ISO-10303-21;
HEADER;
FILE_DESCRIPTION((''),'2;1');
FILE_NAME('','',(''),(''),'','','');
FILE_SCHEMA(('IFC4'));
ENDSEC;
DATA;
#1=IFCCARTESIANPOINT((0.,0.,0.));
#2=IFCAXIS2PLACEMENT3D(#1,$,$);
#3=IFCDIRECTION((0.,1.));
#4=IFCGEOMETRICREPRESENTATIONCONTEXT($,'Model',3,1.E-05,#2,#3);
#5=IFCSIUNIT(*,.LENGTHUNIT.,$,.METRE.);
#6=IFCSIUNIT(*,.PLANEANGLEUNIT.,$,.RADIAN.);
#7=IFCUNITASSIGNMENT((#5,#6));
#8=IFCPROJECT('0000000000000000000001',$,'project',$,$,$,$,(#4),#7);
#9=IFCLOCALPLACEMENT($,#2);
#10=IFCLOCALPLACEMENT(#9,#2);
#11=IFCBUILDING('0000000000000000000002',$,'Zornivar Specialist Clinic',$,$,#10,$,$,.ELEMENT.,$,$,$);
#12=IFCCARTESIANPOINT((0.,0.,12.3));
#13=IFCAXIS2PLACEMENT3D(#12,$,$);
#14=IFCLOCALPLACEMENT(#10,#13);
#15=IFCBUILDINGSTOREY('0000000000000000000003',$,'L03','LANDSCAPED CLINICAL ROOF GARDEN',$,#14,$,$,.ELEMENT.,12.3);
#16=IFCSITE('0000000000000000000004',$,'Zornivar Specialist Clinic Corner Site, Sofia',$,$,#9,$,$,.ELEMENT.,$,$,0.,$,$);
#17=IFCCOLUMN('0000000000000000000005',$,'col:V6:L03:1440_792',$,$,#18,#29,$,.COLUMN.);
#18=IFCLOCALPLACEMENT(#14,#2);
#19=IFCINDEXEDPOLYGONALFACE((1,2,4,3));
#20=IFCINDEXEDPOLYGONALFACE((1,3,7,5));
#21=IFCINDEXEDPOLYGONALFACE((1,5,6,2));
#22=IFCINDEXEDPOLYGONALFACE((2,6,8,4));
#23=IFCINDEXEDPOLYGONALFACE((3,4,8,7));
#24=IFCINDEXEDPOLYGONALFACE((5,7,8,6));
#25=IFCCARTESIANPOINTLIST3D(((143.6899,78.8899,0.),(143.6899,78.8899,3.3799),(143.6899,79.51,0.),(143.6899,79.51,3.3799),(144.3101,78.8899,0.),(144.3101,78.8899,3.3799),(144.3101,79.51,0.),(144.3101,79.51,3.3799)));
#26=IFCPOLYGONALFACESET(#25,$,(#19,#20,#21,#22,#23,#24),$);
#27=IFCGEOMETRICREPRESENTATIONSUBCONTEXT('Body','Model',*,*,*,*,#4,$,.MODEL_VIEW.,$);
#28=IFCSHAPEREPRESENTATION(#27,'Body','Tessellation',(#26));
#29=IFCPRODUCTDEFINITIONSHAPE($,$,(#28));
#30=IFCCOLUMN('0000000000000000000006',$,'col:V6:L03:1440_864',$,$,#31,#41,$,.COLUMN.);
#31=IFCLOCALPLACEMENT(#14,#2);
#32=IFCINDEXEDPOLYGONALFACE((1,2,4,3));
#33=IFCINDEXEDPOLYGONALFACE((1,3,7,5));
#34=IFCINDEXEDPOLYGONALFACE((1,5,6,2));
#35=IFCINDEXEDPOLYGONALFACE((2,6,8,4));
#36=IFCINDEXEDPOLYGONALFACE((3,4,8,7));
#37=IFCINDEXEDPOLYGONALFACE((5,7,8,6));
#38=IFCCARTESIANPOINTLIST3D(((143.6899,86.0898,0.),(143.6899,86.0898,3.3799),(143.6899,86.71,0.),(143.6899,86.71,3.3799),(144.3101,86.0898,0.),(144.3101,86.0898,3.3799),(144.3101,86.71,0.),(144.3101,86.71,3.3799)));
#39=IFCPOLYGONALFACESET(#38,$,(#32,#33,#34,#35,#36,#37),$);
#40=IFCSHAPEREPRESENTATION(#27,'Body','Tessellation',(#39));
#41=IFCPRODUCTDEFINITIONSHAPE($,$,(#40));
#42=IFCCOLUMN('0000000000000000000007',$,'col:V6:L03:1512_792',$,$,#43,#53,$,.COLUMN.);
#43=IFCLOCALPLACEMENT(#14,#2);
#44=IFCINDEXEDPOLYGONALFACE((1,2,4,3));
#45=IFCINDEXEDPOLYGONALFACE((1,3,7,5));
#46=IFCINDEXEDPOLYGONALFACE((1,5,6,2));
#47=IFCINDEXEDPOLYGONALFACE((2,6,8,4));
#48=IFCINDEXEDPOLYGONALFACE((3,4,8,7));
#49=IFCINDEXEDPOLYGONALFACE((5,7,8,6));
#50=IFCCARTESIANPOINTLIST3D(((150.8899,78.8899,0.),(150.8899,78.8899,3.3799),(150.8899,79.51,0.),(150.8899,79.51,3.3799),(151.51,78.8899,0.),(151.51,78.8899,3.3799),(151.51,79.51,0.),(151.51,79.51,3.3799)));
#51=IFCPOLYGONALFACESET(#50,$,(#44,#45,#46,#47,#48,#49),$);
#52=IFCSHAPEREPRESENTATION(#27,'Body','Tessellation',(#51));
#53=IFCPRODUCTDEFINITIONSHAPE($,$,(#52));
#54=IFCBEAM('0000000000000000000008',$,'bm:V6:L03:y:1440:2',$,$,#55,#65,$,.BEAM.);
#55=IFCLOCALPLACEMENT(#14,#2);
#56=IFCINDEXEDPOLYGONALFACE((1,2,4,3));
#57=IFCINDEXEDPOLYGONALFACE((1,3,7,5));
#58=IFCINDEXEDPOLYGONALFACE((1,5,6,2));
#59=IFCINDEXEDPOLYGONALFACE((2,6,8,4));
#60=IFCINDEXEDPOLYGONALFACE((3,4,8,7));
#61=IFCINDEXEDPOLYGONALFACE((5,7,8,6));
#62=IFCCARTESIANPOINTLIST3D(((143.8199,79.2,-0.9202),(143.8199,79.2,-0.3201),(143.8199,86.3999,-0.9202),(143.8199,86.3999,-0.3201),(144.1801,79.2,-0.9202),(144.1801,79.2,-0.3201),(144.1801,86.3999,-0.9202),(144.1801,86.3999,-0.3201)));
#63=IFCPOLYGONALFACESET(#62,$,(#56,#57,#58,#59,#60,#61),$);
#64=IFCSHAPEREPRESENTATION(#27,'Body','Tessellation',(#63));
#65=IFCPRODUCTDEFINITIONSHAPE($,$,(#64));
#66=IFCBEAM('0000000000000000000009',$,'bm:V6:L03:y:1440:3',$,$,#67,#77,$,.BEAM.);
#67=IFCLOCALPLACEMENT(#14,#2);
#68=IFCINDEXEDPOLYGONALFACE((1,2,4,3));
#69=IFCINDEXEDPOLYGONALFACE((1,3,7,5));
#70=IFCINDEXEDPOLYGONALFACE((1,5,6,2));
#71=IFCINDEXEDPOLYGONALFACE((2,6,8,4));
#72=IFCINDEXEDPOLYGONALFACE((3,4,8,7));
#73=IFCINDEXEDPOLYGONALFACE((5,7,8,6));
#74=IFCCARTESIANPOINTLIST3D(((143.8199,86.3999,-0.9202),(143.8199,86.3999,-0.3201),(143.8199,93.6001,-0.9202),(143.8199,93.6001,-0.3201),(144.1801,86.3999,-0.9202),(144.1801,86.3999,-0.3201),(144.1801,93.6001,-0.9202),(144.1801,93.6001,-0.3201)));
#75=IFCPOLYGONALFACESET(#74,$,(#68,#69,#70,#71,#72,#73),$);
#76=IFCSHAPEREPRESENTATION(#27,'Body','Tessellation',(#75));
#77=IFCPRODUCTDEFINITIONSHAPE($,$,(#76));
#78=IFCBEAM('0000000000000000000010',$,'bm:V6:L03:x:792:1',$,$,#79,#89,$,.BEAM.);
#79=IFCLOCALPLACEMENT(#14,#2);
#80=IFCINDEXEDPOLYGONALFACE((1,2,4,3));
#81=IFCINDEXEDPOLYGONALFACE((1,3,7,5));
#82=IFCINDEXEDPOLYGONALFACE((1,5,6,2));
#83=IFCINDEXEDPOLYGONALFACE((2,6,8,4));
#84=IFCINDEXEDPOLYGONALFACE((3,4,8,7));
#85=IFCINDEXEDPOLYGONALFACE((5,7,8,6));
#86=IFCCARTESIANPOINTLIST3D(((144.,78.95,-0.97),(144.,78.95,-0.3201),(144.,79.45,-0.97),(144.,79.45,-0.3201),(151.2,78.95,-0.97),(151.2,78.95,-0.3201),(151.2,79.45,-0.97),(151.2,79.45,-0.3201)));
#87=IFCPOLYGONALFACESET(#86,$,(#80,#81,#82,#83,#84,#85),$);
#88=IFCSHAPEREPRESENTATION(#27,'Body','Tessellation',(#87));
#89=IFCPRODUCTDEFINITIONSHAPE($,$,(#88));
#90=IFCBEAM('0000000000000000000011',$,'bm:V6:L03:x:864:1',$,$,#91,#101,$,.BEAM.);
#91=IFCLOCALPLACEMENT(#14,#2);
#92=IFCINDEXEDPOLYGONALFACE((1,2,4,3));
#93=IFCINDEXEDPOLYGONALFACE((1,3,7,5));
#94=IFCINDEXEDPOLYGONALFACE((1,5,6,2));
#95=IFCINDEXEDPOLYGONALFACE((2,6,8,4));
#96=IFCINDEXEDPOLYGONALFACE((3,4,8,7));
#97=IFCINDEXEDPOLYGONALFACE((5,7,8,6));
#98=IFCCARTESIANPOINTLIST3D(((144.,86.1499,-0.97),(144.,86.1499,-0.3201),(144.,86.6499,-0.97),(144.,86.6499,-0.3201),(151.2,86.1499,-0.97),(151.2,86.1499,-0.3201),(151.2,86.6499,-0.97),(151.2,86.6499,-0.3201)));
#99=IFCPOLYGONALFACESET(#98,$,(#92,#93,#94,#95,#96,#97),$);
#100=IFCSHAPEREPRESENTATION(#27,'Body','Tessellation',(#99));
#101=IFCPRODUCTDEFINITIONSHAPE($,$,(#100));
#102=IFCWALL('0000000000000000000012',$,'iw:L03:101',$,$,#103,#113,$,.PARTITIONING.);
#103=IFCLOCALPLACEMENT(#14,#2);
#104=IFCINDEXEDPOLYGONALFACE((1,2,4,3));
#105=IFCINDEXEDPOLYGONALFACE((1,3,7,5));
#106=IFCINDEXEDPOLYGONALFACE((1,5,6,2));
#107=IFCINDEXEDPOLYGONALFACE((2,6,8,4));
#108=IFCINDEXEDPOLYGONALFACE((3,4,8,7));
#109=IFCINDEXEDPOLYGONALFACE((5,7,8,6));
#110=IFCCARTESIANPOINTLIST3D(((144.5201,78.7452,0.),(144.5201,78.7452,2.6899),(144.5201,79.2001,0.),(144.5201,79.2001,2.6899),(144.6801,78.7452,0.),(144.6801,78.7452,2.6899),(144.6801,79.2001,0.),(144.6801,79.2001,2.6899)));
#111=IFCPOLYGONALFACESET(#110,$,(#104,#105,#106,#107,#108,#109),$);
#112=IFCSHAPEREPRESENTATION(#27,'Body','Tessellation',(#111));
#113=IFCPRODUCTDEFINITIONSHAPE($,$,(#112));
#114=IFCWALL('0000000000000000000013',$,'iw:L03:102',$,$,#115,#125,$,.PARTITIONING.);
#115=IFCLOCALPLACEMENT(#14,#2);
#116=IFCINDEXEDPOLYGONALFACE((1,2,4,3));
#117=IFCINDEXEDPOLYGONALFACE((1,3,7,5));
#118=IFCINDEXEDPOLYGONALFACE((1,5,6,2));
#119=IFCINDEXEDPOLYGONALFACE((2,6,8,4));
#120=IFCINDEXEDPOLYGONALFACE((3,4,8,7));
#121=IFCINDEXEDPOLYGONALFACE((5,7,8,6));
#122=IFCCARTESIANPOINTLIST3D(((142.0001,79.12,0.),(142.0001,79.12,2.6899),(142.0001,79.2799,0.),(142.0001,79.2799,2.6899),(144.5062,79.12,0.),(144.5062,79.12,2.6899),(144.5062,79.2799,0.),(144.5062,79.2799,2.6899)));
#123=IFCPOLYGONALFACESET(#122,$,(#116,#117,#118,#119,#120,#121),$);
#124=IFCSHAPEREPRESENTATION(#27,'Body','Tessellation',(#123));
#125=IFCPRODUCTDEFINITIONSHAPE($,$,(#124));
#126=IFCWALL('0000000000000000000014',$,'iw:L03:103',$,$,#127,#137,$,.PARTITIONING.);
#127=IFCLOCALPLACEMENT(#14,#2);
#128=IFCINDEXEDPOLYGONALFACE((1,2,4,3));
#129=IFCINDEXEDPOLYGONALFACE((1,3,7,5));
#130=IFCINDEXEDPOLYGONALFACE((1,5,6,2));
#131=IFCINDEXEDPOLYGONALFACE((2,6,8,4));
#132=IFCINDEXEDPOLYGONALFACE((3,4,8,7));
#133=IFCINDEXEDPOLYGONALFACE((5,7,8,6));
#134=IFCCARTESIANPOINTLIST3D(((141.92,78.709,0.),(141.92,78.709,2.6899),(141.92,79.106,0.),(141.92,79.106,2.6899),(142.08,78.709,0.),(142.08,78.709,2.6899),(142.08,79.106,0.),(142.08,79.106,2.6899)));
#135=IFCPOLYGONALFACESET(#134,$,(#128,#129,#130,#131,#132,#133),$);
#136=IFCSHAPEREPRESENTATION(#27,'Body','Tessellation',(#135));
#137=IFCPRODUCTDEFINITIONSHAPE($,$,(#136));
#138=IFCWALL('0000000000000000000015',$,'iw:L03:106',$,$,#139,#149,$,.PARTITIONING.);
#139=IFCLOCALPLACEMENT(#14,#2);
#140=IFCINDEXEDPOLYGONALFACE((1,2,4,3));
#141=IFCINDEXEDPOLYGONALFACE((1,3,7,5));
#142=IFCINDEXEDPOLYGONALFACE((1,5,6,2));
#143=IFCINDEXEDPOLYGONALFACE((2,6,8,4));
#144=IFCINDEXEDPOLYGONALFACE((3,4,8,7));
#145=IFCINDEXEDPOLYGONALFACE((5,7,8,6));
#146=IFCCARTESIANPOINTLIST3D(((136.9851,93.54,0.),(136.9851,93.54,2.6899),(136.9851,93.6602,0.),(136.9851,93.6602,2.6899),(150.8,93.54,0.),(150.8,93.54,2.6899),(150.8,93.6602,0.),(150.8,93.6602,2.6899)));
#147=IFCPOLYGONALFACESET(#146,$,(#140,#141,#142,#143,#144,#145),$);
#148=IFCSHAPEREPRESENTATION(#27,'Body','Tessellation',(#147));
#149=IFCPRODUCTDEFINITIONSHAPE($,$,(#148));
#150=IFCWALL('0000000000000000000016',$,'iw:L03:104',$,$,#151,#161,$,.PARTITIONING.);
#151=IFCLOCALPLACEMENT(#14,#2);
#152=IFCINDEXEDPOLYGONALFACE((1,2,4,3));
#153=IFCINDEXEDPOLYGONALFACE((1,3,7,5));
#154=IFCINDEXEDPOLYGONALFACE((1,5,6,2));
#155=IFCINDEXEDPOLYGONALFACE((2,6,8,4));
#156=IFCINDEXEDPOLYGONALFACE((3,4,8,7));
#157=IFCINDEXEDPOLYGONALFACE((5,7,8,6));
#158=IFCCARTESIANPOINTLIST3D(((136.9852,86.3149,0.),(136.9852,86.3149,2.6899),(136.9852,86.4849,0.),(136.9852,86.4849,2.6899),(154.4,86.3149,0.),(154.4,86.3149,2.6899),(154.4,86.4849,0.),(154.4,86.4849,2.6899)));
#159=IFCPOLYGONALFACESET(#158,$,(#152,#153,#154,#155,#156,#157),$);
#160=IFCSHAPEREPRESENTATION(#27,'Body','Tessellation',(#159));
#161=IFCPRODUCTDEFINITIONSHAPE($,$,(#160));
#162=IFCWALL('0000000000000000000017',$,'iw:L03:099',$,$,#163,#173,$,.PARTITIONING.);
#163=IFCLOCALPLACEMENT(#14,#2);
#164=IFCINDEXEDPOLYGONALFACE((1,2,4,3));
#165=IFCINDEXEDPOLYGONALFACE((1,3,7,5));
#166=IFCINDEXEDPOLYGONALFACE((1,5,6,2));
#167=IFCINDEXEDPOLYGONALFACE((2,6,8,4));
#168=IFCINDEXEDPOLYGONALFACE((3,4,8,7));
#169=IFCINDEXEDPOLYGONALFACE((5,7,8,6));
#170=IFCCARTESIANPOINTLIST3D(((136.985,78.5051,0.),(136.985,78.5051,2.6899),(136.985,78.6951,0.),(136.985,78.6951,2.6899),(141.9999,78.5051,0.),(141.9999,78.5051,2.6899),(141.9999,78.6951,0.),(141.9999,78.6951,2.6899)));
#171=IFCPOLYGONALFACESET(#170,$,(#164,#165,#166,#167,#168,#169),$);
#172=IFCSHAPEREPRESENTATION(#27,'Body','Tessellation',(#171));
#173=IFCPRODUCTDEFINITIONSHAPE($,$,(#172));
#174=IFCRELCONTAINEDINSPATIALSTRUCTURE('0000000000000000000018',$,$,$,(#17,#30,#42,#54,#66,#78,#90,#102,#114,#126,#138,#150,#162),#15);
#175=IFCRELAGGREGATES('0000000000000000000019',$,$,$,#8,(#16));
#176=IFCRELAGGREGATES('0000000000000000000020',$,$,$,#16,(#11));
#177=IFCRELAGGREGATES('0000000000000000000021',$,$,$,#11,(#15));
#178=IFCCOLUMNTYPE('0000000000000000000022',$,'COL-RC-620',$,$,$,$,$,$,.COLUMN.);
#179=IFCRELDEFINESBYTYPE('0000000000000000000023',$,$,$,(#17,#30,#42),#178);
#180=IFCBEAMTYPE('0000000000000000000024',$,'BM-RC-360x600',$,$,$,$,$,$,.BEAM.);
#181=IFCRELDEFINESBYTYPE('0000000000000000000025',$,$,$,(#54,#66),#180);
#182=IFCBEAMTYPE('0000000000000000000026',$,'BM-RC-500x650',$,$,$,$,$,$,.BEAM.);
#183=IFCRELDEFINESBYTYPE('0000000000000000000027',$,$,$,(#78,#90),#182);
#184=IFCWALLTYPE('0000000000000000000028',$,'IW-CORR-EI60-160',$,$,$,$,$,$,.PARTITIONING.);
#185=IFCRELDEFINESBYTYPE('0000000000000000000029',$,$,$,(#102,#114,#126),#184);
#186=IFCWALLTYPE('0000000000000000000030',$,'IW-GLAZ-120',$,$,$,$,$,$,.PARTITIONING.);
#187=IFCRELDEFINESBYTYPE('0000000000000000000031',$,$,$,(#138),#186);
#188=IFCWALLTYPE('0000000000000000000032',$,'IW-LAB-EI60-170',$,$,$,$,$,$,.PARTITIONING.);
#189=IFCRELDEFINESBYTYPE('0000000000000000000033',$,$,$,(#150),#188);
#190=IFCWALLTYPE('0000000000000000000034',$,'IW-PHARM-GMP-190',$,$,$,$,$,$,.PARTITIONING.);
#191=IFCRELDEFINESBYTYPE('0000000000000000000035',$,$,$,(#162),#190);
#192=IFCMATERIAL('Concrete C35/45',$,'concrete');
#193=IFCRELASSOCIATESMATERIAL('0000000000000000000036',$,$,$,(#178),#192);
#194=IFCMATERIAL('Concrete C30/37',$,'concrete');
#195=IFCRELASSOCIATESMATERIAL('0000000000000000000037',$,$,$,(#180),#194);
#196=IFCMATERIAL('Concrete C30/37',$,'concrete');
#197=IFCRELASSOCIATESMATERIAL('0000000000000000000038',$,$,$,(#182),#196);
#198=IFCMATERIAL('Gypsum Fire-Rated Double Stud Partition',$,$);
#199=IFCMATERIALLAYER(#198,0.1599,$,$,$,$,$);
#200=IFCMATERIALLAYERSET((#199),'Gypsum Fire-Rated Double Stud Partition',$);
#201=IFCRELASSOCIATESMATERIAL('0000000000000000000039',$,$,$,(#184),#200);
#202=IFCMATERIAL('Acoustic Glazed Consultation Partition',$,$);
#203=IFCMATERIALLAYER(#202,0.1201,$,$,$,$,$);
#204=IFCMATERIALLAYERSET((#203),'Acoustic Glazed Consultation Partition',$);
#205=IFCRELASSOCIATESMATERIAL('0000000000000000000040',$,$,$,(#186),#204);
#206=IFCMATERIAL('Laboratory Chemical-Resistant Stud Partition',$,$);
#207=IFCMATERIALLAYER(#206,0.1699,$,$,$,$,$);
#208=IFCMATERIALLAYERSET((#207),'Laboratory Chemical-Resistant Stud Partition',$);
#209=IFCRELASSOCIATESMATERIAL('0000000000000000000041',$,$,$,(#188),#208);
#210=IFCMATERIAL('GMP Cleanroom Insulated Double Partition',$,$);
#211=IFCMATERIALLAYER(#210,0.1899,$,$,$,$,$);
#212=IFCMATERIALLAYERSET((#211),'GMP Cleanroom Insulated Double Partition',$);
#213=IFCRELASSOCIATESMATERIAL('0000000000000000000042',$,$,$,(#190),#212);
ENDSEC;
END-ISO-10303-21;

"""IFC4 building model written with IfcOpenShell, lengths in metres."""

from ifc_helpers import new_model, si_unit, direction, frame, frame_2d, origin, origin_2d, place, context, subcontext, project, spatial, rectangle, extrude, material, layer, layer_set, material_profile, profile_set, type_object, element, save


model = new_model("IFC4")

# Units and contexts
model_context = context("Model", 3, precision=1e-05, world=origin(), true_north=direction((0.0, 1.0)))
body_context = subcontext(model_context, "Body", "Model", "MODEL_VIEW")
ifc_project = project(units=[si_unit("LENGTHUNIT", "METRE"), si_unit("PLANEANGLEUNIT", "RADIAN")], contexts=[model_context])

# Site, building, storey
site_placement = place(None, origin())
site = spatial("IfcSite", under=ifc_project, at=site_placement, Name="Zornivar Specialist Clinic Corner Site, Sofia", CompositionType="ELEMENT", RefElevation=0.0)
building_placement = place(site_placement, origin())
building = spatial("IfcBuilding", under=site, at=building_placement, Name="Zornivar Specialist Clinic", CompositionType="ELEMENT")
storey_placement = place(building_placement, frame((0.0, 0.0, 12.3)))
storey = spatial("IfcBuildingStorey", under=building, at=storey_placement, Name="L03", Description="LANDSCAPED CLINICAL ROOF GARDEN", CompositionType="ELEMENT", Elevation=12.3)

# Columns
ifc_material_1 = material(Name="Concrete C35/45", Category="concrete")
ifc_material_profile_1 = material_profile(ifc_material_1, rectangle(XDim=0.6201, YDim=0.6201, at=origin_2d()), Name="RC 620x620")
ifc_profile_set_1 = profile_set([ifc_material_profile_1], Name="Concrete C35/45")
column_type = type_object("IfcColumnType", Name="COL-RC-620", PredefinedType="COLUMN", material=ifc_profile_set_1)
for number, where, z_axis, x_axis, name in (
    (1, (144.0, 79.2, 0.0), (0.0, 0.0, 1.0), (1.0, 0.0, 0.0), "col:V6:L03:1440_792"),
    (2, (144.0, 86.3999, 0.0), (0.0, 0.0, 1.0), (1.0, 0.0, 0.0), "col:V6:L03:1440_864"),
    (3, (151.2, 79.2, 0.0), (0.0, 0.0, 1.0), (1.0, 0.0, 0.0), "col:V6:L03:1512_792"),
):
    element("IfcColumn", number, at=place(storey_placement, frame(where, z_axis=z_axis, x_axis=x_axis)), inside=storey, type_object=column_type, Name=name, PredefinedType="COLUMN", context=body_context, shape_type="SweptSolid", body=[
        extrude(rectangle(XDim=0.6201, YDim=0.6201, at=origin_2d()), origin(), (0.0, 0.0, 1.0), 3.3799),
    ])

# Beams
ifc_material_2 = material(Name="Concrete C30/37", Category="concrete")
ifc_material_profile_2 = material_profile(ifc_material_2, rectangle(XDim=0.3601, YDim=0.6001, at=origin_2d()), Name="RC 360x600")
ifc_profile_set_2 = profile_set([ifc_material_profile_2], Name="Concrete C30/37")
beam_type_1 = type_object("IfcBeamType", Name="BM-RC-360x600", PredefinedType="BEAM", material=ifc_profile_set_2)
beam_1_placement = place(storey_placement, frame((144.0, 79.2, -0.6201), z_axis=(0.0, 1.0, 0.0), x_axis=(-1.0, 0.0, 0.0)))
element("IfcBeam", 4, at=beam_1_placement, inside=storey, type_object=beam_type_1, Name="bm:V6:L03:y:1440:2", PredefinedType="BEAM", context=body_context, shape_type="SweptSolid", body=[
    extrude(rectangle(XDim=0.3601, YDim=0.6001, at=origin_2d()), origin(), (0.0, 0.0, 1.0), 7.2),
])
beam_2_placement = place(storey_placement, frame((144.0, 86.3999, -0.6201), z_axis=(0.0, 1.0, 0.0), x_axis=(-1.0, 0.0, 0.0)))
element("IfcBeam", 5, at=beam_2_placement, inside=storey, type_object=beam_type_1, Name="bm:V6:L03:y:1440:3", PredefinedType="BEAM", context=body_context, shape_type="SweptSolid", body=[
    extrude(rectangle(XDim=0.3601, YDim=0.6001, at=origin_2d()), origin(), (0.0, 0.0, 1.0), 7.2002),
])
ifc_material_3 = material(Name="Concrete C30/37", Category="concrete")
ifc_material_profile_3 = material_profile(ifc_material_3, rectangle(XDim=0.5, YDim=0.6499, at=origin_2d()), Name="RC 500x650")
ifc_profile_set_3 = profile_set([ifc_material_profile_3], Name="Concrete C30/37")
beam_type_2 = type_object("IfcBeamType", Name="BM-RC-500x650", PredefinedType="BEAM", material=ifc_profile_set_3)
for number, where, z_axis, x_axis, name in (
    (6, (144.0, 79.2, -0.645), (1.0, 0.0, 0.0), (0.0, 1.0, 0.0), "bm:V6:L03:x:792:1"),
    (7, (144.0, 86.3999, -0.645), (1.0, 0.0, 0.0), (0.0, 1.0, 0.0), "bm:V6:L03:x:864:1"),
):
    element("IfcBeam", number, at=place(storey_placement, frame(where, z_axis=z_axis, x_axis=x_axis)), inside=storey, type_object=beam_type_2, Name=name, PredefinedType="BEAM", context=body_context, shape_type="SweptSolid", body=[
        extrude(rectangle(XDim=0.5, YDim=0.6499, at=origin_2d()), origin(), (0.0, 0.0, 1.0), 7.2),
    ])

# Walls
ifc_material_4 = material(Name="Gypsum Fire-Rated Double Stud Partition")
ifc_layer_1 = layer(ifc_material_4, 0.1599)
ifc_layer_set_1 = layer_set([ifc_layer_1], Name="Gypsum Fire-Rated Double Stud Partition")
wall_type_1 = type_object("IfcWallType", Name="IW-CORR-EI60-160", PredefinedType="PARTITIONING", material=ifc_layer_set_1)
wall_1_placement = place(storey_placement, frame((144.6001, 78.7451, 0.0), z_axis=(0.0, 0.0, 1.0), x_axis=(0.0, 1.0, 0.0)))
element("IfcWall", 8, at=wall_1_placement, inside=storey, type_object=wall_type_1, Name="iw:L03:101", PredefinedType="PARTITIONING", context=body_context, shape_type="SweptSolid", body=[
    extrude(rectangle(XDim=0.4548, YDim=0.1599, at=frame_2d((0.2275, 0.0))), origin(), (0.0, 0.0, 1.0), 2.6899),
])
wall_2_placement = place(storey_placement, frame((144.5061, 79.2, 0.0), z_axis=(0.0, 0.0, 1.0), x_axis=(-1.0, 0.0, 0.0)))
element("IfcWall", 9, at=wall_2_placement, inside=storey, type_object=wall_type_1, Name="iw:L03:102", PredefinedType="PARTITIONING", context=body_context, shape_type="SweptSolid", body=[
    extrude(rectangle(XDim=2.5061, YDim=0.1599, at=frame_2d((1.2529, 0.0))), origin(), (0.0, 0.0, 1.0), 2.6899),
])
wall_3_placement = place(storey_placement, frame((142.0, 79.106, 0.0), z_axis=(0.0, 0.0, 1.0), x_axis=(0.0, -1.0, 0.0)))
element("IfcWall", 10, at=wall_3_placement, inside=storey, type_object=wall_type_1, Name="iw:L03:103", PredefinedType="PARTITIONING", context=body_context, shape_type="SweptSolid", body=[
    extrude(rectangle(XDim=0.397, YDim=0.1599, at=frame_2d((0.1985, 0.0))), origin(), (0.0, 0.0, 1.0), 2.6899),
])
ifc_material_5 = material(Name="Acoustic Glazed Consultation Partition")
ifc_layer_2 = layer(ifc_material_5, 0.1201)
ifc_layer_set_2 = layer_set([ifc_layer_2], Name="Acoustic Glazed Consultation Partition")
wall_type_2 = type_object("IfcWallType", Name="IW-GLAZ-120", PredefinedType="PARTITIONING", material=ifc_layer_set_2)
wall_4_placement = place(storey_placement, frame((136.9851, 93.6001, 0.0), z_axis=(0.0, 0.0, 1.0), x_axis=(1.0, 0.0, 0.0)))
element("IfcWall", 11, at=wall_4_placement, inside=storey, type_object=wall_type_2, Name="iw:L03:106", PredefinedType="PARTITIONING", context=body_context, shape_type="SweptSolid", body=[
    extrude(rectangle(XDim=13.8149, YDim=0.1201, at=frame_2d((6.9075, 0.0))), origin(), (0.0, 0.0, 1.0), 2.6899),
])
ifc_material_6 = material(Name="Laboratory Chemical-Resistant Stud Partition")
ifc_layer_3 = layer(ifc_material_6, 0.1699)
ifc_layer_set_3 = layer_set([ifc_layer_3], Name="Laboratory Chemical-Resistant Stud Partition")
wall_type_3 = type_object("IfcWallType", Name="IW-LAB-EI60-170", PredefinedType="PARTITIONING", material=ifc_layer_set_3)
wall_5_placement = place(storey_placement, frame((136.9851, 86.3999, 0.0), z_axis=(0.0, 0.0, 1.0), x_axis=(1.0, 0.0, 0.0)))
element("IfcWall", 12, at=wall_5_placement, inside=storey, type_object=wall_type_3, Name="iw:L03:104", PredefinedType="PARTITIONING", context=body_context, shape_type="SweptSolid", body=[
    extrude(rectangle(XDim=17.4148, YDim=0.1699, at=frame_2d((8.7075, 0.0))), origin(), (0.0, 0.0, 1.0), 2.6899),
])
ifc_material_7 = material(Name="GMP Cleanroom Insulated Double Partition")
ifc_layer_4 = layer(ifc_material_7, 0.1899)
ifc_layer_set_4 = layer_set([ifc_layer_4], Name="GMP Cleanroom Insulated Double Partition")
wall_type_4 = type_object("IfcWallType", Name="IW-PHARM-GMP-190", PredefinedType="PARTITIONING", material=ifc_layer_set_4)
wall_6_placement = place(storey_placement, frame((136.9851, 78.6001, 0.0), z_axis=(0.0, 0.0, 1.0), x_axis=(1.0, 0.0, 0.0)))
element("IfcWall", 13, at=wall_6_placement, inside=storey, type_object=wall_type_4, Name="iw:L03:099", PredefinedType="PARTITIONING", context=body_context, shape_type="SweptSolid", body=[
    extrude(rectangle(XDim=5.0149, YDim=0.1899, at=frame_2d((2.5073, 0.0))), origin(), (0.0, 0.0, 1.0), 2.6899),
])

save(model, "model.ifc")
